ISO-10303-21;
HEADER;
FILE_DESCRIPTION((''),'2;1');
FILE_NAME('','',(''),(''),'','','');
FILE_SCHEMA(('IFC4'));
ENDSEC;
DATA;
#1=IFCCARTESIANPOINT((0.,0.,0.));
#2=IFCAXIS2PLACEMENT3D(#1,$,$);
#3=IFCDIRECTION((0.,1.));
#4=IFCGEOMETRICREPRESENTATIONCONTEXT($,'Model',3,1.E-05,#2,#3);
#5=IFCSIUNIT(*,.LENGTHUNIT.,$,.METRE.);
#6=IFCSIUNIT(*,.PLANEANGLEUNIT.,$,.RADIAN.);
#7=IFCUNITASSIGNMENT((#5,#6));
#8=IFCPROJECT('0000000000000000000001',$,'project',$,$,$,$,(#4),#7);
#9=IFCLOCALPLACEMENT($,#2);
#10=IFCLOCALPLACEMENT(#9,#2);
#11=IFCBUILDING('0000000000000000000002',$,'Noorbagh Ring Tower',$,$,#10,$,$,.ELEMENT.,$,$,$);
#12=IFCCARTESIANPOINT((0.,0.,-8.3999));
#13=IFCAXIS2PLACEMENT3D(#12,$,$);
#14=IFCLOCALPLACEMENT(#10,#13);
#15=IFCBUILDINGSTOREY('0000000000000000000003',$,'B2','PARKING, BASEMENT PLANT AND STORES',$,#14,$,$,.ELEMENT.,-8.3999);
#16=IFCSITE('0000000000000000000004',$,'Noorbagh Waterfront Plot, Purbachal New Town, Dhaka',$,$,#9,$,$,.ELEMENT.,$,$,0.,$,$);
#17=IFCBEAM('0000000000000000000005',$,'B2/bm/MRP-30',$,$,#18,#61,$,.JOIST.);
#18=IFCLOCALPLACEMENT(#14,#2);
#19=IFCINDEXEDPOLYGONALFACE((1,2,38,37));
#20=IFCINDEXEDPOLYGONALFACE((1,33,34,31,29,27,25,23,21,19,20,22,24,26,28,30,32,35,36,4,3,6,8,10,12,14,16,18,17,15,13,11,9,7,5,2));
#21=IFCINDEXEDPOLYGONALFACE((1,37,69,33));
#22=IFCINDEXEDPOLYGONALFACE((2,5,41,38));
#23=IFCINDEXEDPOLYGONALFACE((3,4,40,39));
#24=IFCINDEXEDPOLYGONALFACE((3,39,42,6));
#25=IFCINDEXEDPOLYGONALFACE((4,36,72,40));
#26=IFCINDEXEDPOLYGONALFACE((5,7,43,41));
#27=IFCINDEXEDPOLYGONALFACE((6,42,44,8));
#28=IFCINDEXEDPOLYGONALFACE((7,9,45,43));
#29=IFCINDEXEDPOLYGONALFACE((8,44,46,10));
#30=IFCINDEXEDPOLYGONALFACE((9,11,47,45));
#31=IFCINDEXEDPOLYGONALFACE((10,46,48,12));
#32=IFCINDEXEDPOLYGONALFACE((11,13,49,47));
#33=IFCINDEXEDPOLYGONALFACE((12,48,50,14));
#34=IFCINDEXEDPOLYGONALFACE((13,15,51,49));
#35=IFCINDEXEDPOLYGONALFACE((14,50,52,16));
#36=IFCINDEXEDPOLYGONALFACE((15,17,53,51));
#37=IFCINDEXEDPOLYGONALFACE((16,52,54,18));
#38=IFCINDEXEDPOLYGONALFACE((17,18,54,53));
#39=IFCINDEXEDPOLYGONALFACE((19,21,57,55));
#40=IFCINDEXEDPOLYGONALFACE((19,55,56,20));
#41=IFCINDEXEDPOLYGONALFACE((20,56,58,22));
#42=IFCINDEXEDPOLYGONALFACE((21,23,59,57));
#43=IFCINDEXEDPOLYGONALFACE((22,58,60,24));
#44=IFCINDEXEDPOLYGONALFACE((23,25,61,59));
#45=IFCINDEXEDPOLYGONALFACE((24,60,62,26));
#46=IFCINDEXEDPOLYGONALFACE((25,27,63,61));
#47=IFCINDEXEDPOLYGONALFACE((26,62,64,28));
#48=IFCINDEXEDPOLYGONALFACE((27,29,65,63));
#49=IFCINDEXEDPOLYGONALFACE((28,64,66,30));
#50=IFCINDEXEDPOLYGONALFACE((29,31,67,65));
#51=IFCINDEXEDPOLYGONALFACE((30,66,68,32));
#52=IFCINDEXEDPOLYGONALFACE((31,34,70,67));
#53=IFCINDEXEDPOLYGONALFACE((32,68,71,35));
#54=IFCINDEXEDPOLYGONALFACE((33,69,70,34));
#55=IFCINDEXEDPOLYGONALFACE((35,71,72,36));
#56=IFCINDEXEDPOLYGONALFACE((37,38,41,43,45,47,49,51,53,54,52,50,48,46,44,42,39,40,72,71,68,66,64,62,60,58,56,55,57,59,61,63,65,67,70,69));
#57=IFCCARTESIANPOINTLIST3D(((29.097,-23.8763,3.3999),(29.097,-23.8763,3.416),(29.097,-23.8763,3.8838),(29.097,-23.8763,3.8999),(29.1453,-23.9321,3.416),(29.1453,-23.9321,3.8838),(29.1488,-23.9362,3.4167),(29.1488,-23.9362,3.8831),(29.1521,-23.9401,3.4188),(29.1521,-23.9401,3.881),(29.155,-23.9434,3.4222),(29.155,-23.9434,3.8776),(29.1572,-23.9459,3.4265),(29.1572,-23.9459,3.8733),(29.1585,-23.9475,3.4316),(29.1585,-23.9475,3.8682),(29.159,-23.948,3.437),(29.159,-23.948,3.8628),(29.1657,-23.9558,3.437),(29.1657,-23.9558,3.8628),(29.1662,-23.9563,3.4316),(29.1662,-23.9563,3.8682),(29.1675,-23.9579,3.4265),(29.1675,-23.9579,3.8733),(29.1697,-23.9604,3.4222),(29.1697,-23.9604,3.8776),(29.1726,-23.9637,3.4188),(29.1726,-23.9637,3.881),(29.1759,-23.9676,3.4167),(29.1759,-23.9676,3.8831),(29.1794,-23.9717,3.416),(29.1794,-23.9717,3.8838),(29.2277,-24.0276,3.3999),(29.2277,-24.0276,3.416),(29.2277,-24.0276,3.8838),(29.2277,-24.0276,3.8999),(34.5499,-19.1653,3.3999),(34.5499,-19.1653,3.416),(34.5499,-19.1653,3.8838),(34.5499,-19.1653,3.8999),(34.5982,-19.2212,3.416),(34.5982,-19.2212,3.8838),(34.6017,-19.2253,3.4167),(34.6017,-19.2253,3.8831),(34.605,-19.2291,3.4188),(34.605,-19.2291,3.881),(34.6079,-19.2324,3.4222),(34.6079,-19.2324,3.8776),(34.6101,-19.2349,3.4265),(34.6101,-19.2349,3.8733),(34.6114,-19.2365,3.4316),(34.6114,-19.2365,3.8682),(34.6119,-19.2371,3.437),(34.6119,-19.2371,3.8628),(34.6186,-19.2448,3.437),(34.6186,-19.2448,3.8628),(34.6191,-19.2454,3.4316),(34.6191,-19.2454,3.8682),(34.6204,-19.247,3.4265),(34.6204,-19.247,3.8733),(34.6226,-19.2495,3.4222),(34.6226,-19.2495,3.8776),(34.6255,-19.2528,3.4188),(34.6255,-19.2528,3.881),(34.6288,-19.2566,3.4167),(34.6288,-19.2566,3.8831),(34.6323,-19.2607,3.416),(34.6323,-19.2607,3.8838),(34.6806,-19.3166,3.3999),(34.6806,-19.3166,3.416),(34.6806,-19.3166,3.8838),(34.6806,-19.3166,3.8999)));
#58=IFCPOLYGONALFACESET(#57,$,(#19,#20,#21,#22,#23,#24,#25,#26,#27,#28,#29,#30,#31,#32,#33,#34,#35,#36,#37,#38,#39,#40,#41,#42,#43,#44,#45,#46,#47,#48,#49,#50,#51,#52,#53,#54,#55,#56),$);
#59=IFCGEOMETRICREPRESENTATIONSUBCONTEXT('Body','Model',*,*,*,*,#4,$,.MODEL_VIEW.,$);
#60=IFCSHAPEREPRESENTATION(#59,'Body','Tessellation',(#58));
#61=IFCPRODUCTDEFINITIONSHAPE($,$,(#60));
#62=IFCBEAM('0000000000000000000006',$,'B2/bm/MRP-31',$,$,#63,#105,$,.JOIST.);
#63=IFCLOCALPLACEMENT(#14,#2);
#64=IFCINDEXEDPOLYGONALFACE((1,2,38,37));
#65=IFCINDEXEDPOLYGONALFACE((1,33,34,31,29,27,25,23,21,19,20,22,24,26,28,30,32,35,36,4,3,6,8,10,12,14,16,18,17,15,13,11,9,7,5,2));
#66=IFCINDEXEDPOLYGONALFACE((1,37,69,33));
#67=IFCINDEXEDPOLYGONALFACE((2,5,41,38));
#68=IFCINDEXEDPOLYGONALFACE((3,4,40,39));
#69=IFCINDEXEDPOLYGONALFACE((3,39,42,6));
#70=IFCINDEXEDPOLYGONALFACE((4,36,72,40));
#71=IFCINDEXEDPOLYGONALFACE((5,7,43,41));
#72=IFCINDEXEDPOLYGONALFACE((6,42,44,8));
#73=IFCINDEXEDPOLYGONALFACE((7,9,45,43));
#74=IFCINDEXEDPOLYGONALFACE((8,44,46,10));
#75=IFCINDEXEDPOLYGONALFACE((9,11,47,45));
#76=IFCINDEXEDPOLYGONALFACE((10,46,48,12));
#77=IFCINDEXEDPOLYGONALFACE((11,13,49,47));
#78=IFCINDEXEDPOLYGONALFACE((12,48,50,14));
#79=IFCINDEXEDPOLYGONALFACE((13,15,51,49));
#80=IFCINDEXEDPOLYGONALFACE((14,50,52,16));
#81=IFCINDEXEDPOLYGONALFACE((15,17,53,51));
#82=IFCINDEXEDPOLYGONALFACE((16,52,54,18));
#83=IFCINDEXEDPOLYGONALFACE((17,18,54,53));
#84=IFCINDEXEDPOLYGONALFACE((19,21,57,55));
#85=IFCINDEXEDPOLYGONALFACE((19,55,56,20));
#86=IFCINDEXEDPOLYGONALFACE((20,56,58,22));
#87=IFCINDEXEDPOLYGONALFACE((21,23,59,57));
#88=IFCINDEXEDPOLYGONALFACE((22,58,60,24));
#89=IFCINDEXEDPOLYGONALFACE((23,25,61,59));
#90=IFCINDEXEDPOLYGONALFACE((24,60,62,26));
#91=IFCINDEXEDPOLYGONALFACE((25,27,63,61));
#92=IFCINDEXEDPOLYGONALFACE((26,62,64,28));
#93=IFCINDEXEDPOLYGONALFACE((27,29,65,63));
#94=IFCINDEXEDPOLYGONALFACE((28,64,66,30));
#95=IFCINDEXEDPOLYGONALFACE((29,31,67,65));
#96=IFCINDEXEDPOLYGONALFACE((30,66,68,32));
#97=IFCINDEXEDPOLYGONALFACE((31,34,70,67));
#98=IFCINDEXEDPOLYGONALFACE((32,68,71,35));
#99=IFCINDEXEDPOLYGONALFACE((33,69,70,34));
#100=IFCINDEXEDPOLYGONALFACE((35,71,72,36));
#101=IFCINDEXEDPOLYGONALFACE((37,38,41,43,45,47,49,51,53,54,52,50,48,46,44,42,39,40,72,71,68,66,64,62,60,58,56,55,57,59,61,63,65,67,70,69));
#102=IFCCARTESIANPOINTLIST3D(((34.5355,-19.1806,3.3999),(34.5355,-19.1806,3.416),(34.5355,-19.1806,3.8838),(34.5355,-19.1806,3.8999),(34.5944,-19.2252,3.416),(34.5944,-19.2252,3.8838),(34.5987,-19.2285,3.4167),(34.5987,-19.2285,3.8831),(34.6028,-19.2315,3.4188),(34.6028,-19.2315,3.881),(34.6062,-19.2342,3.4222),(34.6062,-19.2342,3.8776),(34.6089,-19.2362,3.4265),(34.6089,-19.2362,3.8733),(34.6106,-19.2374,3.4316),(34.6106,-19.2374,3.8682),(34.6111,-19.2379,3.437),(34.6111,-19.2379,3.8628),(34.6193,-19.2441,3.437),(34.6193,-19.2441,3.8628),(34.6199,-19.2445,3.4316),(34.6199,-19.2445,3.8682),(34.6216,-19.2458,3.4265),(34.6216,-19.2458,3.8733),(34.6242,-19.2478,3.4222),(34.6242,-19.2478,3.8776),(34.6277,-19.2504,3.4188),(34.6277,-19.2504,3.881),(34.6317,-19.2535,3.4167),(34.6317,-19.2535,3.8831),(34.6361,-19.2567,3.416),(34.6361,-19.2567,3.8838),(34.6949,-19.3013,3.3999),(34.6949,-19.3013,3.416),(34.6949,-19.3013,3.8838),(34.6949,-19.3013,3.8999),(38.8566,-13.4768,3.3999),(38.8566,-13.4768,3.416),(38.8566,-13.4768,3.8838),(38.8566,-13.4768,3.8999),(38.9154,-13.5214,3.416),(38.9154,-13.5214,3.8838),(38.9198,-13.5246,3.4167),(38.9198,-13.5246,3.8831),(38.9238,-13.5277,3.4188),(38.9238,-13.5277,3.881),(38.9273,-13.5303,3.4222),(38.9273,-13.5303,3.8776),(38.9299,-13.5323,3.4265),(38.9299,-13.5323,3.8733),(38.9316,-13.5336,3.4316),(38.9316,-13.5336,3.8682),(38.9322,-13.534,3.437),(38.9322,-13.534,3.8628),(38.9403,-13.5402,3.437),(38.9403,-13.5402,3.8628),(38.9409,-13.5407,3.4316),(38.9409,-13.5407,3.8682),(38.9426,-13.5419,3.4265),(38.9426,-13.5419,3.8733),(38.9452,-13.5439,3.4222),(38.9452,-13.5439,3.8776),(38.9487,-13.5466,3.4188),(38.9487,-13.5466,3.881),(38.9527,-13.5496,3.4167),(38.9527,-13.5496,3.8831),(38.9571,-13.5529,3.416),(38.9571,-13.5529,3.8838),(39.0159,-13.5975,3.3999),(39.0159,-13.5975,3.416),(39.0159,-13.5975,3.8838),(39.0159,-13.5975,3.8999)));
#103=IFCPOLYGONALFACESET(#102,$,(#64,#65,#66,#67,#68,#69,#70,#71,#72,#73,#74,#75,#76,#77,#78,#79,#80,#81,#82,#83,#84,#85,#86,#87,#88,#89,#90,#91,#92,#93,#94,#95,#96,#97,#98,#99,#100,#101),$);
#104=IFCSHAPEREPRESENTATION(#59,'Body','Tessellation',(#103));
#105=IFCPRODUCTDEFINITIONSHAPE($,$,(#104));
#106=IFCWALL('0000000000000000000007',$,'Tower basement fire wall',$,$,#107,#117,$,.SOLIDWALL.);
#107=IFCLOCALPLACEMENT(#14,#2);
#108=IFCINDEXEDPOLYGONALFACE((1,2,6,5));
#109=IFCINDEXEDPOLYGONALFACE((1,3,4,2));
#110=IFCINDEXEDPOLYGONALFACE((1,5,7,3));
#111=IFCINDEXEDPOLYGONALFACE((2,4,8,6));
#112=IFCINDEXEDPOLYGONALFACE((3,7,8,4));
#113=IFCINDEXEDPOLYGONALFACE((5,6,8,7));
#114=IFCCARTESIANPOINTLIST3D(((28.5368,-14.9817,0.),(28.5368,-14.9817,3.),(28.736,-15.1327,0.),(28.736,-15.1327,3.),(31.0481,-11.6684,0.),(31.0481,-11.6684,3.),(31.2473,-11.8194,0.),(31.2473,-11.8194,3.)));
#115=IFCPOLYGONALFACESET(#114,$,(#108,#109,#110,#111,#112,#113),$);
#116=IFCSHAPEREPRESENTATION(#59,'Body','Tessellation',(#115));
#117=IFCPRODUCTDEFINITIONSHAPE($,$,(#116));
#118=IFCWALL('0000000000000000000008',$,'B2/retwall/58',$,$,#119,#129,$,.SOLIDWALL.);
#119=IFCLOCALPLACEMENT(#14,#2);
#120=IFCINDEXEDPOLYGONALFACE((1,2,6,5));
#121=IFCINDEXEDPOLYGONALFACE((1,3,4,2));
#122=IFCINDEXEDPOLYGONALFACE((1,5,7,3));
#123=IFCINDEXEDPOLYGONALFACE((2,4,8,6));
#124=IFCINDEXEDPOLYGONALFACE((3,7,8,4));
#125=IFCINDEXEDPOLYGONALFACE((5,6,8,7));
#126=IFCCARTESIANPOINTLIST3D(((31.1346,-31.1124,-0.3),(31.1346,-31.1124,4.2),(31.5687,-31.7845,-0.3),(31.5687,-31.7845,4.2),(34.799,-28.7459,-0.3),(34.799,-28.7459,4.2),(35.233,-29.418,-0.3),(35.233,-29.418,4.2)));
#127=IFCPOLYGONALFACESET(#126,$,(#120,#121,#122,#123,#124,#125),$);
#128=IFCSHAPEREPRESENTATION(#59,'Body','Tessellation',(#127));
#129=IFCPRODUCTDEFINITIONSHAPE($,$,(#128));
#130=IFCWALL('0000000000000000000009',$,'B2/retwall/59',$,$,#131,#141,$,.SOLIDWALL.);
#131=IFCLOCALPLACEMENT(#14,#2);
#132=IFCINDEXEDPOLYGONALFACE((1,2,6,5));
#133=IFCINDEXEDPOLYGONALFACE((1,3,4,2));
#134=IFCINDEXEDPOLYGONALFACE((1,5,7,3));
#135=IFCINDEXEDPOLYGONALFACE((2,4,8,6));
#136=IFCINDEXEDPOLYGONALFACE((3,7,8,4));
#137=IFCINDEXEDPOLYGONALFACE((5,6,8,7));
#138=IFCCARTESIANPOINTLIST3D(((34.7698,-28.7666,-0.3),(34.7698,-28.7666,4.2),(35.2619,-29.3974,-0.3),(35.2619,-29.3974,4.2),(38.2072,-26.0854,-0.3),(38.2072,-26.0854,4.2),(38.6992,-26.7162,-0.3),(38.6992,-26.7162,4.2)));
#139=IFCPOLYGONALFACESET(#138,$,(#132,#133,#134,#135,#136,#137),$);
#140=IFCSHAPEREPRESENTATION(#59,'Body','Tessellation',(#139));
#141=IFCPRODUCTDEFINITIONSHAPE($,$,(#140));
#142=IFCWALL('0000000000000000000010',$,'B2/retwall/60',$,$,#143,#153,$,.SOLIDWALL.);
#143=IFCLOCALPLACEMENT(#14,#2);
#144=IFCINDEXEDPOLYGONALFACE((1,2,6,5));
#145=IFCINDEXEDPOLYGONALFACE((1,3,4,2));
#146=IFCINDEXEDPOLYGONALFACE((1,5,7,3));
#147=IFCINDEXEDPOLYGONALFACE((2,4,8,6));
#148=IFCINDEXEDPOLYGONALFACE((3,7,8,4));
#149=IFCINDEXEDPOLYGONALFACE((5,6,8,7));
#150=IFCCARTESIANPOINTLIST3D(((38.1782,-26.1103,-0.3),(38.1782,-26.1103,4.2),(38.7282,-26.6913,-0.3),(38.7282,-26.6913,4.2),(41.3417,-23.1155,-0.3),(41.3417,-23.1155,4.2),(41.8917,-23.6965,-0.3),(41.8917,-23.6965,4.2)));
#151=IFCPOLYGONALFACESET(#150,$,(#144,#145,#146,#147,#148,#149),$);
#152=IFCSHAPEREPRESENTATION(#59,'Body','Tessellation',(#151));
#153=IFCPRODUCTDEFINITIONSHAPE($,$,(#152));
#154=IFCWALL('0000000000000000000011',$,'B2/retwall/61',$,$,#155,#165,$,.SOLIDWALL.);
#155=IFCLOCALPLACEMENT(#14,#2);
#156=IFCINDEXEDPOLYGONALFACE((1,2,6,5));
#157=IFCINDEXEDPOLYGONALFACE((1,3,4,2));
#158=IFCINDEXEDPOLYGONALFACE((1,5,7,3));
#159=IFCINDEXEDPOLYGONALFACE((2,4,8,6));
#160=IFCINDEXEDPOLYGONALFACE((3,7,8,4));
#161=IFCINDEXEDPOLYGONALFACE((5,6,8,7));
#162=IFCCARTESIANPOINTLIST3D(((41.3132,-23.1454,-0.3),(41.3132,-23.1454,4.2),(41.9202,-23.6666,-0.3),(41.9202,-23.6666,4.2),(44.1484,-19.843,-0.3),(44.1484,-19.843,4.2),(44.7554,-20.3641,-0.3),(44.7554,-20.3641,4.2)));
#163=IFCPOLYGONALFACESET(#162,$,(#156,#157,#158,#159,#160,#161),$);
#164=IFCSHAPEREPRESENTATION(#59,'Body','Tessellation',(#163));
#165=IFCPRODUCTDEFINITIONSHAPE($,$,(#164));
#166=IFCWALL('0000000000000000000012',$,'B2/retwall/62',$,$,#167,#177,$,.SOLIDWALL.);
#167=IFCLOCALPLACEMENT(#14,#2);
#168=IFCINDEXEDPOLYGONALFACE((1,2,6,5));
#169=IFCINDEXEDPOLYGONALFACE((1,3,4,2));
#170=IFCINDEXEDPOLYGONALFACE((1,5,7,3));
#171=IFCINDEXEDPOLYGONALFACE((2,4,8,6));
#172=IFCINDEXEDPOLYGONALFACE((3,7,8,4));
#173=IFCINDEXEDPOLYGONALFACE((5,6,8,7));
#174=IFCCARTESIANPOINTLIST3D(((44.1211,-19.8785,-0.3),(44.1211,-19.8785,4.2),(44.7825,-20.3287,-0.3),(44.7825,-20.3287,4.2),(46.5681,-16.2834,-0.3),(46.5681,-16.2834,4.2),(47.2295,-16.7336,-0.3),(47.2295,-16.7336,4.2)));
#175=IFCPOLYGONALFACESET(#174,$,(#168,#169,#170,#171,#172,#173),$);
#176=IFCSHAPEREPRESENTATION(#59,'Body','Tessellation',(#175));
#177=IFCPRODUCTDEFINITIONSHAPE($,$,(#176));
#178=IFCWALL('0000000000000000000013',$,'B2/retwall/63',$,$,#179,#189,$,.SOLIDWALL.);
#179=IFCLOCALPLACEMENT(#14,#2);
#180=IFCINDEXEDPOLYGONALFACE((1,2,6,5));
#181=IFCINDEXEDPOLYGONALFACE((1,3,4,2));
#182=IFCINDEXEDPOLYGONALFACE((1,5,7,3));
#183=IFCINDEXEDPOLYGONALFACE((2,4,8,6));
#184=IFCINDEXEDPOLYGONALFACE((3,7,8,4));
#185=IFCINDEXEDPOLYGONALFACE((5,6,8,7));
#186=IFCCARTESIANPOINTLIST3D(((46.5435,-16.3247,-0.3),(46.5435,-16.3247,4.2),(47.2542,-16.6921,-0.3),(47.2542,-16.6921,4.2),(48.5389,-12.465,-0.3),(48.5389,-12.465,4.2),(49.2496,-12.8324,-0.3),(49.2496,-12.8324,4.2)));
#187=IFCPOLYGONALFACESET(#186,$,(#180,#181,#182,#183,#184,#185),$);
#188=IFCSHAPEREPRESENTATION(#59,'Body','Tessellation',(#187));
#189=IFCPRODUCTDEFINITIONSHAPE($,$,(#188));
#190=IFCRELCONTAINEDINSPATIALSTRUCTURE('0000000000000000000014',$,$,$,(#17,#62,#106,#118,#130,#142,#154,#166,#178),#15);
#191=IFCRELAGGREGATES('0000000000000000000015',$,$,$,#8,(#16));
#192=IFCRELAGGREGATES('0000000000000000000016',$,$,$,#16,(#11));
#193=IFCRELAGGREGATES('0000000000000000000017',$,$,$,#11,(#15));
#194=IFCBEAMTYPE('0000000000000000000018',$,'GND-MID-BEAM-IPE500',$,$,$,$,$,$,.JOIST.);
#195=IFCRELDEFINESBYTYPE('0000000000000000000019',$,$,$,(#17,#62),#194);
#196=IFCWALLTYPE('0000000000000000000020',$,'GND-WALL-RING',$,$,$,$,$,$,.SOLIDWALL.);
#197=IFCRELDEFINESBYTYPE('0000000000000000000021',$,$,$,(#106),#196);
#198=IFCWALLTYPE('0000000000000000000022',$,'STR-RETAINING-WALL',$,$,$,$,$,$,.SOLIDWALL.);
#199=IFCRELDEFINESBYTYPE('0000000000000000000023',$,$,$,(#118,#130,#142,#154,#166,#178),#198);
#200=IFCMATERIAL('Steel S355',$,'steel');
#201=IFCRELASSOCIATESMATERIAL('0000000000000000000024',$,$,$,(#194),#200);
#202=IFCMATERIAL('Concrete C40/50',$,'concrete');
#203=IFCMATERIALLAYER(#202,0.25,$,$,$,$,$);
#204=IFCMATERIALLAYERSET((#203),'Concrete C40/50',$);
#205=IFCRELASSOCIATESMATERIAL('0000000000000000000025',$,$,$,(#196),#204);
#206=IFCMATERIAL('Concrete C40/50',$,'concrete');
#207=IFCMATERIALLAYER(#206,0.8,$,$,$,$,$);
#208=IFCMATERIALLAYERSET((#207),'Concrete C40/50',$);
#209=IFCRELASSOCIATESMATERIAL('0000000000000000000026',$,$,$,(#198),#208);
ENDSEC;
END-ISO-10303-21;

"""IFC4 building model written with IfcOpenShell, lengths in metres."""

from ifc_helpers import new_model, si_unit, direction, frame, frame_2d, origin, origin_2d, place, context, subcontext, project, spatial, rectangle, i_section, extrude, material, layer, layer_set, material_profile, profile_set, type_object, element, save


model = new_model("IFC4")

# Units and contexts
model_context = context("Model", 3, precision=1e-05, world=origin(), true_north=direction((0.0, 1.0)))
body_context = subcontext(model_context, "Body", "Model", "MODEL_VIEW")
ifc_project = project(units=[si_unit("LENGTHUNIT", "METRE"), si_unit("PLANEANGLEUNIT", "RADIAN")], contexts=[model_context])

# Site, building, storey
site_placement = place(None, origin())
site = spatial("IfcSite", under=ifc_project, at=site_placement, Name="Noorbagh Waterfront Plot, Purbachal New Town, Dhaka", CompositionType="ELEMENT", RefElevation=0.0)
building_placement = place(site_placement, origin())
building = spatial("IfcBuilding", under=site, at=building_placement, Name="Noorbagh Ring Tower", CompositionType="ELEMENT")
storey_placement = place(building_placement, frame((0.0, 0.0, -8.3999)))
storey = spatial("IfcBuildingStorey", under=building, at=storey_placement, Name="B2", Description="PARKING, BASEMENT PLANT AND STORES", CompositionType="ELEMENT", Elevation=-8.3999)

# Beams
ifc_material_1 = material(Name="Steel S355", Category="steel")
ifc_material_profile_1 = material_profile(ifc_material_1, i_section(OverallWidth=0.2, OverallDepth=0.5, WebThickness=0.0103, FlangeThickness=0.0161, FilletRadius=0.021, at=origin_2d()), Name="IPE500")
ifc_profile_set_1 = profile_set([ifc_material_profile_1], Name="Steel S355")
beam_type_1 = type_object("IfcBeamType", Name="GND-MID-BEAM-IPE500", PredefinedType="JOIST", material=ifc_profile_set_1)
beam_1_placement = place(storey_placement, frame((29.1624, -23.9519, 3.6499), z_axis=(0.756711, 0.65375, 0.0), x_axis=(-0.65375, 0.756711, 0.0)))
element("IfcBeam", 1, at=beam_1_placement, inside=storey, type_object=beam_type_1, Name="B2/bm/MRP-30", PredefinedType="JOIST", context=body_context, shape_type="SweptSolid", body=[
    extrude(i_section(OverallWidth=0.2, OverallDepth=0.5, WebThickness=0.0103, FlangeThickness=0.0161, FilletRadius=0.021, at=origin_2d()), origin(), (0.0, 0.0, 1.0), 7.2061),
])
beam_2_placement = place(storey_placement, frame((34.6152, -19.241, 3.6499), z_axis=(0.603852, 0.797096, 0.0), x_axis=(-0.797096, 0.603852, 0.0)))
element("IfcBeam", 2, at=beam_2_placement, inside=storey, type_object=beam_type_1, Name="B2/bm/MRP-31", PredefinedType="JOIST", context=body_context, shape_type="SweptSolid", body=[
    extrude(i_section(OverallWidth=0.2, OverallDepth=0.5, WebThickness=0.0103, FlangeThickness=0.0161, FilletRadius=0.021, at=origin_2d()), origin(), (0.0, 0.0, 1.0), 7.1558),
])

# Walls
ifc_material_2 = material(Name="Concrete C40/50", Category="concrete")
ifc_layer_1 = layer(ifc_material_2, 0.25)
ifc_layer_set_1 = layer_set([ifc_layer_1], Name="Concrete C40/50")
wall_type_1 = type_object("IfcWallType", Name="GND-WALL-RING", PredefinedType="SOLIDWALL", material=ifc_layer_set_1)
wall_1_placement = place(storey_placement, frame((28.6365, -15.0571, 0.0), z_axis=(0.0, 0.0, 1.0), x_axis=(0.604042, 0.796953, 0.0)))
element("IfcWall", 3, at=wall_1_placement, inside=storey, type_object=wall_type_1, Name="Tower basement fire wall", PredefinedType="SOLIDWALL", context=body_context, shape_type="SweptSolid", body=[
    extrude(rectangle(XDim=4.1575, YDim=0.25, at=frame_2d((2.0786, 0.0))), origin(), (0.0, 0.0, 1.0), 3.0),
])
ifc_material_3 = material(Name="Concrete C40/50", Category="concrete")
ifc_layer_2 = layer(ifc_material_3, 0.8)
ifc_layer_set_2 = layer_set([ifc_layer_2], Name="Concrete C40/50")
wall_type_2 = type_object("IfcWallType", Name="STR-RETAINING-WALL", PredefinedType="SOLIDWALL", material=ifc_layer_set_2)
wall_2_placement = place(storey_placement, frame((31.3516, -31.4485, -0.3), z_axis=(0.0, 0.0, 1.0), x_axis=(0.840047, 0.542513, 0.0)))
element("IfcWall", 4, at=wall_2_placement, inside=storey, type_object=wall_type_2, Name="B2/retwall/58", PredefinedType="SOLIDWALL", context=body_context, shape_type="SweptSolid", body=[
    extrude(rectangle(XDim=4.3621, YDim=0.8, at=frame_2d((2.1812, 0.0))), origin(), (0.0, 0.0, 1.0), 4.5),
])
wall_3_placement = place(storey_placement, frame((35.0159, -29.082, -0.3), z_axis=(0.0, 0.0, 1.0), x_axis=(0.788492, 0.615045, 0.0)))
element("IfcWall", 5, at=wall_3_placement, inside=storey, type_object=wall_type_2, Name="B2/retwall/59", PredefinedType="SOLIDWALL", context=body_context, shape_type="SweptSolid", body=[
    extrude(rectangle(XDim=4.3594, YDim=0.8, at=frame_2d((2.1797, 0.0))), origin(), (0.0, 0.0, 1.0), 4.5),
])
wall_4_placement = place(storey_placement, frame((38.4531, -26.4009, -0.3), z_axis=(0.0, 0.0, 1.0), x_axis=(0.726204, 0.687479, 0.0)))
element("IfcWall", 6, at=wall_4_placement, inside=storey, type_object=wall_type_2, Name="B2/retwall/60", PredefinedType="SOLIDWALL", context=body_context, shape_type="SweptSolid", body=[
    extrude(rectangle(XDim=4.3562, YDim=0.8, at=frame_2d((2.1782, 0.0))), origin(), (0.0, 0.0, 1.0), 4.5),
])
wall_5_placement = place(storey_placement, frame((41.6167, -23.406, -0.3), z_axis=(0.0, 0.0, 1.0), x_axis=(0.651387, 0.758746, 0.0)))
element("IfcWall", 7, at=wall_5_placement, inside=storey, type_object=wall_type_2, Name="B2/retwall/61", PredefinedType="SOLIDWALL", context=body_context, shape_type="SweptSolid", body=[
    extrude(rectangle(XDim=4.3525, YDim=0.8, at=frame_2d((2.1763, 0.0))), origin(), (0.0, 0.0, 1.0), 4.5),
])
wall_6_placement = place(storey_placement, frame((44.4519, -20.1035, -0.3), z_axis=(0.0, 0.0, 1.0), x_axis=(0.562668, 0.826683, 0.0)))
element("IfcWall", 8, at=wall_6_placement, inside=storey, type_object=wall_type_2, Name="B2/retwall/62", PredefinedType="SOLIDWALL", context=body_context, shape_type="SweptSolid", body=[
    extrude(rectangle(XDim=4.3489, YDim=0.8, at=frame_2d((2.1743, 0.0))), origin(), (0.0, 0.0, 1.0), 4.5),
])
wall_7_placement = place(storey_placement, frame((46.8989, -16.5083, -0.3), z_axis=(0.0, 0.0, 1.0), x_axis=(0.459243, 0.888311, 0.0)))
element("IfcWall", 9, at=wall_7_placement, inside=storey, type_object=wall_type_2, Name="B2/retwall/63", PredefinedType="SOLIDWALL", context=body_context, shape_type="SweptSolid", body=[
    extrude(rectangle(XDim=4.345, YDim=0.8, at=frame_2d((2.1724, 0.0))), origin(), (0.0, 0.0, 1.0), 4.5),
])

save(model, "model.ifc")
